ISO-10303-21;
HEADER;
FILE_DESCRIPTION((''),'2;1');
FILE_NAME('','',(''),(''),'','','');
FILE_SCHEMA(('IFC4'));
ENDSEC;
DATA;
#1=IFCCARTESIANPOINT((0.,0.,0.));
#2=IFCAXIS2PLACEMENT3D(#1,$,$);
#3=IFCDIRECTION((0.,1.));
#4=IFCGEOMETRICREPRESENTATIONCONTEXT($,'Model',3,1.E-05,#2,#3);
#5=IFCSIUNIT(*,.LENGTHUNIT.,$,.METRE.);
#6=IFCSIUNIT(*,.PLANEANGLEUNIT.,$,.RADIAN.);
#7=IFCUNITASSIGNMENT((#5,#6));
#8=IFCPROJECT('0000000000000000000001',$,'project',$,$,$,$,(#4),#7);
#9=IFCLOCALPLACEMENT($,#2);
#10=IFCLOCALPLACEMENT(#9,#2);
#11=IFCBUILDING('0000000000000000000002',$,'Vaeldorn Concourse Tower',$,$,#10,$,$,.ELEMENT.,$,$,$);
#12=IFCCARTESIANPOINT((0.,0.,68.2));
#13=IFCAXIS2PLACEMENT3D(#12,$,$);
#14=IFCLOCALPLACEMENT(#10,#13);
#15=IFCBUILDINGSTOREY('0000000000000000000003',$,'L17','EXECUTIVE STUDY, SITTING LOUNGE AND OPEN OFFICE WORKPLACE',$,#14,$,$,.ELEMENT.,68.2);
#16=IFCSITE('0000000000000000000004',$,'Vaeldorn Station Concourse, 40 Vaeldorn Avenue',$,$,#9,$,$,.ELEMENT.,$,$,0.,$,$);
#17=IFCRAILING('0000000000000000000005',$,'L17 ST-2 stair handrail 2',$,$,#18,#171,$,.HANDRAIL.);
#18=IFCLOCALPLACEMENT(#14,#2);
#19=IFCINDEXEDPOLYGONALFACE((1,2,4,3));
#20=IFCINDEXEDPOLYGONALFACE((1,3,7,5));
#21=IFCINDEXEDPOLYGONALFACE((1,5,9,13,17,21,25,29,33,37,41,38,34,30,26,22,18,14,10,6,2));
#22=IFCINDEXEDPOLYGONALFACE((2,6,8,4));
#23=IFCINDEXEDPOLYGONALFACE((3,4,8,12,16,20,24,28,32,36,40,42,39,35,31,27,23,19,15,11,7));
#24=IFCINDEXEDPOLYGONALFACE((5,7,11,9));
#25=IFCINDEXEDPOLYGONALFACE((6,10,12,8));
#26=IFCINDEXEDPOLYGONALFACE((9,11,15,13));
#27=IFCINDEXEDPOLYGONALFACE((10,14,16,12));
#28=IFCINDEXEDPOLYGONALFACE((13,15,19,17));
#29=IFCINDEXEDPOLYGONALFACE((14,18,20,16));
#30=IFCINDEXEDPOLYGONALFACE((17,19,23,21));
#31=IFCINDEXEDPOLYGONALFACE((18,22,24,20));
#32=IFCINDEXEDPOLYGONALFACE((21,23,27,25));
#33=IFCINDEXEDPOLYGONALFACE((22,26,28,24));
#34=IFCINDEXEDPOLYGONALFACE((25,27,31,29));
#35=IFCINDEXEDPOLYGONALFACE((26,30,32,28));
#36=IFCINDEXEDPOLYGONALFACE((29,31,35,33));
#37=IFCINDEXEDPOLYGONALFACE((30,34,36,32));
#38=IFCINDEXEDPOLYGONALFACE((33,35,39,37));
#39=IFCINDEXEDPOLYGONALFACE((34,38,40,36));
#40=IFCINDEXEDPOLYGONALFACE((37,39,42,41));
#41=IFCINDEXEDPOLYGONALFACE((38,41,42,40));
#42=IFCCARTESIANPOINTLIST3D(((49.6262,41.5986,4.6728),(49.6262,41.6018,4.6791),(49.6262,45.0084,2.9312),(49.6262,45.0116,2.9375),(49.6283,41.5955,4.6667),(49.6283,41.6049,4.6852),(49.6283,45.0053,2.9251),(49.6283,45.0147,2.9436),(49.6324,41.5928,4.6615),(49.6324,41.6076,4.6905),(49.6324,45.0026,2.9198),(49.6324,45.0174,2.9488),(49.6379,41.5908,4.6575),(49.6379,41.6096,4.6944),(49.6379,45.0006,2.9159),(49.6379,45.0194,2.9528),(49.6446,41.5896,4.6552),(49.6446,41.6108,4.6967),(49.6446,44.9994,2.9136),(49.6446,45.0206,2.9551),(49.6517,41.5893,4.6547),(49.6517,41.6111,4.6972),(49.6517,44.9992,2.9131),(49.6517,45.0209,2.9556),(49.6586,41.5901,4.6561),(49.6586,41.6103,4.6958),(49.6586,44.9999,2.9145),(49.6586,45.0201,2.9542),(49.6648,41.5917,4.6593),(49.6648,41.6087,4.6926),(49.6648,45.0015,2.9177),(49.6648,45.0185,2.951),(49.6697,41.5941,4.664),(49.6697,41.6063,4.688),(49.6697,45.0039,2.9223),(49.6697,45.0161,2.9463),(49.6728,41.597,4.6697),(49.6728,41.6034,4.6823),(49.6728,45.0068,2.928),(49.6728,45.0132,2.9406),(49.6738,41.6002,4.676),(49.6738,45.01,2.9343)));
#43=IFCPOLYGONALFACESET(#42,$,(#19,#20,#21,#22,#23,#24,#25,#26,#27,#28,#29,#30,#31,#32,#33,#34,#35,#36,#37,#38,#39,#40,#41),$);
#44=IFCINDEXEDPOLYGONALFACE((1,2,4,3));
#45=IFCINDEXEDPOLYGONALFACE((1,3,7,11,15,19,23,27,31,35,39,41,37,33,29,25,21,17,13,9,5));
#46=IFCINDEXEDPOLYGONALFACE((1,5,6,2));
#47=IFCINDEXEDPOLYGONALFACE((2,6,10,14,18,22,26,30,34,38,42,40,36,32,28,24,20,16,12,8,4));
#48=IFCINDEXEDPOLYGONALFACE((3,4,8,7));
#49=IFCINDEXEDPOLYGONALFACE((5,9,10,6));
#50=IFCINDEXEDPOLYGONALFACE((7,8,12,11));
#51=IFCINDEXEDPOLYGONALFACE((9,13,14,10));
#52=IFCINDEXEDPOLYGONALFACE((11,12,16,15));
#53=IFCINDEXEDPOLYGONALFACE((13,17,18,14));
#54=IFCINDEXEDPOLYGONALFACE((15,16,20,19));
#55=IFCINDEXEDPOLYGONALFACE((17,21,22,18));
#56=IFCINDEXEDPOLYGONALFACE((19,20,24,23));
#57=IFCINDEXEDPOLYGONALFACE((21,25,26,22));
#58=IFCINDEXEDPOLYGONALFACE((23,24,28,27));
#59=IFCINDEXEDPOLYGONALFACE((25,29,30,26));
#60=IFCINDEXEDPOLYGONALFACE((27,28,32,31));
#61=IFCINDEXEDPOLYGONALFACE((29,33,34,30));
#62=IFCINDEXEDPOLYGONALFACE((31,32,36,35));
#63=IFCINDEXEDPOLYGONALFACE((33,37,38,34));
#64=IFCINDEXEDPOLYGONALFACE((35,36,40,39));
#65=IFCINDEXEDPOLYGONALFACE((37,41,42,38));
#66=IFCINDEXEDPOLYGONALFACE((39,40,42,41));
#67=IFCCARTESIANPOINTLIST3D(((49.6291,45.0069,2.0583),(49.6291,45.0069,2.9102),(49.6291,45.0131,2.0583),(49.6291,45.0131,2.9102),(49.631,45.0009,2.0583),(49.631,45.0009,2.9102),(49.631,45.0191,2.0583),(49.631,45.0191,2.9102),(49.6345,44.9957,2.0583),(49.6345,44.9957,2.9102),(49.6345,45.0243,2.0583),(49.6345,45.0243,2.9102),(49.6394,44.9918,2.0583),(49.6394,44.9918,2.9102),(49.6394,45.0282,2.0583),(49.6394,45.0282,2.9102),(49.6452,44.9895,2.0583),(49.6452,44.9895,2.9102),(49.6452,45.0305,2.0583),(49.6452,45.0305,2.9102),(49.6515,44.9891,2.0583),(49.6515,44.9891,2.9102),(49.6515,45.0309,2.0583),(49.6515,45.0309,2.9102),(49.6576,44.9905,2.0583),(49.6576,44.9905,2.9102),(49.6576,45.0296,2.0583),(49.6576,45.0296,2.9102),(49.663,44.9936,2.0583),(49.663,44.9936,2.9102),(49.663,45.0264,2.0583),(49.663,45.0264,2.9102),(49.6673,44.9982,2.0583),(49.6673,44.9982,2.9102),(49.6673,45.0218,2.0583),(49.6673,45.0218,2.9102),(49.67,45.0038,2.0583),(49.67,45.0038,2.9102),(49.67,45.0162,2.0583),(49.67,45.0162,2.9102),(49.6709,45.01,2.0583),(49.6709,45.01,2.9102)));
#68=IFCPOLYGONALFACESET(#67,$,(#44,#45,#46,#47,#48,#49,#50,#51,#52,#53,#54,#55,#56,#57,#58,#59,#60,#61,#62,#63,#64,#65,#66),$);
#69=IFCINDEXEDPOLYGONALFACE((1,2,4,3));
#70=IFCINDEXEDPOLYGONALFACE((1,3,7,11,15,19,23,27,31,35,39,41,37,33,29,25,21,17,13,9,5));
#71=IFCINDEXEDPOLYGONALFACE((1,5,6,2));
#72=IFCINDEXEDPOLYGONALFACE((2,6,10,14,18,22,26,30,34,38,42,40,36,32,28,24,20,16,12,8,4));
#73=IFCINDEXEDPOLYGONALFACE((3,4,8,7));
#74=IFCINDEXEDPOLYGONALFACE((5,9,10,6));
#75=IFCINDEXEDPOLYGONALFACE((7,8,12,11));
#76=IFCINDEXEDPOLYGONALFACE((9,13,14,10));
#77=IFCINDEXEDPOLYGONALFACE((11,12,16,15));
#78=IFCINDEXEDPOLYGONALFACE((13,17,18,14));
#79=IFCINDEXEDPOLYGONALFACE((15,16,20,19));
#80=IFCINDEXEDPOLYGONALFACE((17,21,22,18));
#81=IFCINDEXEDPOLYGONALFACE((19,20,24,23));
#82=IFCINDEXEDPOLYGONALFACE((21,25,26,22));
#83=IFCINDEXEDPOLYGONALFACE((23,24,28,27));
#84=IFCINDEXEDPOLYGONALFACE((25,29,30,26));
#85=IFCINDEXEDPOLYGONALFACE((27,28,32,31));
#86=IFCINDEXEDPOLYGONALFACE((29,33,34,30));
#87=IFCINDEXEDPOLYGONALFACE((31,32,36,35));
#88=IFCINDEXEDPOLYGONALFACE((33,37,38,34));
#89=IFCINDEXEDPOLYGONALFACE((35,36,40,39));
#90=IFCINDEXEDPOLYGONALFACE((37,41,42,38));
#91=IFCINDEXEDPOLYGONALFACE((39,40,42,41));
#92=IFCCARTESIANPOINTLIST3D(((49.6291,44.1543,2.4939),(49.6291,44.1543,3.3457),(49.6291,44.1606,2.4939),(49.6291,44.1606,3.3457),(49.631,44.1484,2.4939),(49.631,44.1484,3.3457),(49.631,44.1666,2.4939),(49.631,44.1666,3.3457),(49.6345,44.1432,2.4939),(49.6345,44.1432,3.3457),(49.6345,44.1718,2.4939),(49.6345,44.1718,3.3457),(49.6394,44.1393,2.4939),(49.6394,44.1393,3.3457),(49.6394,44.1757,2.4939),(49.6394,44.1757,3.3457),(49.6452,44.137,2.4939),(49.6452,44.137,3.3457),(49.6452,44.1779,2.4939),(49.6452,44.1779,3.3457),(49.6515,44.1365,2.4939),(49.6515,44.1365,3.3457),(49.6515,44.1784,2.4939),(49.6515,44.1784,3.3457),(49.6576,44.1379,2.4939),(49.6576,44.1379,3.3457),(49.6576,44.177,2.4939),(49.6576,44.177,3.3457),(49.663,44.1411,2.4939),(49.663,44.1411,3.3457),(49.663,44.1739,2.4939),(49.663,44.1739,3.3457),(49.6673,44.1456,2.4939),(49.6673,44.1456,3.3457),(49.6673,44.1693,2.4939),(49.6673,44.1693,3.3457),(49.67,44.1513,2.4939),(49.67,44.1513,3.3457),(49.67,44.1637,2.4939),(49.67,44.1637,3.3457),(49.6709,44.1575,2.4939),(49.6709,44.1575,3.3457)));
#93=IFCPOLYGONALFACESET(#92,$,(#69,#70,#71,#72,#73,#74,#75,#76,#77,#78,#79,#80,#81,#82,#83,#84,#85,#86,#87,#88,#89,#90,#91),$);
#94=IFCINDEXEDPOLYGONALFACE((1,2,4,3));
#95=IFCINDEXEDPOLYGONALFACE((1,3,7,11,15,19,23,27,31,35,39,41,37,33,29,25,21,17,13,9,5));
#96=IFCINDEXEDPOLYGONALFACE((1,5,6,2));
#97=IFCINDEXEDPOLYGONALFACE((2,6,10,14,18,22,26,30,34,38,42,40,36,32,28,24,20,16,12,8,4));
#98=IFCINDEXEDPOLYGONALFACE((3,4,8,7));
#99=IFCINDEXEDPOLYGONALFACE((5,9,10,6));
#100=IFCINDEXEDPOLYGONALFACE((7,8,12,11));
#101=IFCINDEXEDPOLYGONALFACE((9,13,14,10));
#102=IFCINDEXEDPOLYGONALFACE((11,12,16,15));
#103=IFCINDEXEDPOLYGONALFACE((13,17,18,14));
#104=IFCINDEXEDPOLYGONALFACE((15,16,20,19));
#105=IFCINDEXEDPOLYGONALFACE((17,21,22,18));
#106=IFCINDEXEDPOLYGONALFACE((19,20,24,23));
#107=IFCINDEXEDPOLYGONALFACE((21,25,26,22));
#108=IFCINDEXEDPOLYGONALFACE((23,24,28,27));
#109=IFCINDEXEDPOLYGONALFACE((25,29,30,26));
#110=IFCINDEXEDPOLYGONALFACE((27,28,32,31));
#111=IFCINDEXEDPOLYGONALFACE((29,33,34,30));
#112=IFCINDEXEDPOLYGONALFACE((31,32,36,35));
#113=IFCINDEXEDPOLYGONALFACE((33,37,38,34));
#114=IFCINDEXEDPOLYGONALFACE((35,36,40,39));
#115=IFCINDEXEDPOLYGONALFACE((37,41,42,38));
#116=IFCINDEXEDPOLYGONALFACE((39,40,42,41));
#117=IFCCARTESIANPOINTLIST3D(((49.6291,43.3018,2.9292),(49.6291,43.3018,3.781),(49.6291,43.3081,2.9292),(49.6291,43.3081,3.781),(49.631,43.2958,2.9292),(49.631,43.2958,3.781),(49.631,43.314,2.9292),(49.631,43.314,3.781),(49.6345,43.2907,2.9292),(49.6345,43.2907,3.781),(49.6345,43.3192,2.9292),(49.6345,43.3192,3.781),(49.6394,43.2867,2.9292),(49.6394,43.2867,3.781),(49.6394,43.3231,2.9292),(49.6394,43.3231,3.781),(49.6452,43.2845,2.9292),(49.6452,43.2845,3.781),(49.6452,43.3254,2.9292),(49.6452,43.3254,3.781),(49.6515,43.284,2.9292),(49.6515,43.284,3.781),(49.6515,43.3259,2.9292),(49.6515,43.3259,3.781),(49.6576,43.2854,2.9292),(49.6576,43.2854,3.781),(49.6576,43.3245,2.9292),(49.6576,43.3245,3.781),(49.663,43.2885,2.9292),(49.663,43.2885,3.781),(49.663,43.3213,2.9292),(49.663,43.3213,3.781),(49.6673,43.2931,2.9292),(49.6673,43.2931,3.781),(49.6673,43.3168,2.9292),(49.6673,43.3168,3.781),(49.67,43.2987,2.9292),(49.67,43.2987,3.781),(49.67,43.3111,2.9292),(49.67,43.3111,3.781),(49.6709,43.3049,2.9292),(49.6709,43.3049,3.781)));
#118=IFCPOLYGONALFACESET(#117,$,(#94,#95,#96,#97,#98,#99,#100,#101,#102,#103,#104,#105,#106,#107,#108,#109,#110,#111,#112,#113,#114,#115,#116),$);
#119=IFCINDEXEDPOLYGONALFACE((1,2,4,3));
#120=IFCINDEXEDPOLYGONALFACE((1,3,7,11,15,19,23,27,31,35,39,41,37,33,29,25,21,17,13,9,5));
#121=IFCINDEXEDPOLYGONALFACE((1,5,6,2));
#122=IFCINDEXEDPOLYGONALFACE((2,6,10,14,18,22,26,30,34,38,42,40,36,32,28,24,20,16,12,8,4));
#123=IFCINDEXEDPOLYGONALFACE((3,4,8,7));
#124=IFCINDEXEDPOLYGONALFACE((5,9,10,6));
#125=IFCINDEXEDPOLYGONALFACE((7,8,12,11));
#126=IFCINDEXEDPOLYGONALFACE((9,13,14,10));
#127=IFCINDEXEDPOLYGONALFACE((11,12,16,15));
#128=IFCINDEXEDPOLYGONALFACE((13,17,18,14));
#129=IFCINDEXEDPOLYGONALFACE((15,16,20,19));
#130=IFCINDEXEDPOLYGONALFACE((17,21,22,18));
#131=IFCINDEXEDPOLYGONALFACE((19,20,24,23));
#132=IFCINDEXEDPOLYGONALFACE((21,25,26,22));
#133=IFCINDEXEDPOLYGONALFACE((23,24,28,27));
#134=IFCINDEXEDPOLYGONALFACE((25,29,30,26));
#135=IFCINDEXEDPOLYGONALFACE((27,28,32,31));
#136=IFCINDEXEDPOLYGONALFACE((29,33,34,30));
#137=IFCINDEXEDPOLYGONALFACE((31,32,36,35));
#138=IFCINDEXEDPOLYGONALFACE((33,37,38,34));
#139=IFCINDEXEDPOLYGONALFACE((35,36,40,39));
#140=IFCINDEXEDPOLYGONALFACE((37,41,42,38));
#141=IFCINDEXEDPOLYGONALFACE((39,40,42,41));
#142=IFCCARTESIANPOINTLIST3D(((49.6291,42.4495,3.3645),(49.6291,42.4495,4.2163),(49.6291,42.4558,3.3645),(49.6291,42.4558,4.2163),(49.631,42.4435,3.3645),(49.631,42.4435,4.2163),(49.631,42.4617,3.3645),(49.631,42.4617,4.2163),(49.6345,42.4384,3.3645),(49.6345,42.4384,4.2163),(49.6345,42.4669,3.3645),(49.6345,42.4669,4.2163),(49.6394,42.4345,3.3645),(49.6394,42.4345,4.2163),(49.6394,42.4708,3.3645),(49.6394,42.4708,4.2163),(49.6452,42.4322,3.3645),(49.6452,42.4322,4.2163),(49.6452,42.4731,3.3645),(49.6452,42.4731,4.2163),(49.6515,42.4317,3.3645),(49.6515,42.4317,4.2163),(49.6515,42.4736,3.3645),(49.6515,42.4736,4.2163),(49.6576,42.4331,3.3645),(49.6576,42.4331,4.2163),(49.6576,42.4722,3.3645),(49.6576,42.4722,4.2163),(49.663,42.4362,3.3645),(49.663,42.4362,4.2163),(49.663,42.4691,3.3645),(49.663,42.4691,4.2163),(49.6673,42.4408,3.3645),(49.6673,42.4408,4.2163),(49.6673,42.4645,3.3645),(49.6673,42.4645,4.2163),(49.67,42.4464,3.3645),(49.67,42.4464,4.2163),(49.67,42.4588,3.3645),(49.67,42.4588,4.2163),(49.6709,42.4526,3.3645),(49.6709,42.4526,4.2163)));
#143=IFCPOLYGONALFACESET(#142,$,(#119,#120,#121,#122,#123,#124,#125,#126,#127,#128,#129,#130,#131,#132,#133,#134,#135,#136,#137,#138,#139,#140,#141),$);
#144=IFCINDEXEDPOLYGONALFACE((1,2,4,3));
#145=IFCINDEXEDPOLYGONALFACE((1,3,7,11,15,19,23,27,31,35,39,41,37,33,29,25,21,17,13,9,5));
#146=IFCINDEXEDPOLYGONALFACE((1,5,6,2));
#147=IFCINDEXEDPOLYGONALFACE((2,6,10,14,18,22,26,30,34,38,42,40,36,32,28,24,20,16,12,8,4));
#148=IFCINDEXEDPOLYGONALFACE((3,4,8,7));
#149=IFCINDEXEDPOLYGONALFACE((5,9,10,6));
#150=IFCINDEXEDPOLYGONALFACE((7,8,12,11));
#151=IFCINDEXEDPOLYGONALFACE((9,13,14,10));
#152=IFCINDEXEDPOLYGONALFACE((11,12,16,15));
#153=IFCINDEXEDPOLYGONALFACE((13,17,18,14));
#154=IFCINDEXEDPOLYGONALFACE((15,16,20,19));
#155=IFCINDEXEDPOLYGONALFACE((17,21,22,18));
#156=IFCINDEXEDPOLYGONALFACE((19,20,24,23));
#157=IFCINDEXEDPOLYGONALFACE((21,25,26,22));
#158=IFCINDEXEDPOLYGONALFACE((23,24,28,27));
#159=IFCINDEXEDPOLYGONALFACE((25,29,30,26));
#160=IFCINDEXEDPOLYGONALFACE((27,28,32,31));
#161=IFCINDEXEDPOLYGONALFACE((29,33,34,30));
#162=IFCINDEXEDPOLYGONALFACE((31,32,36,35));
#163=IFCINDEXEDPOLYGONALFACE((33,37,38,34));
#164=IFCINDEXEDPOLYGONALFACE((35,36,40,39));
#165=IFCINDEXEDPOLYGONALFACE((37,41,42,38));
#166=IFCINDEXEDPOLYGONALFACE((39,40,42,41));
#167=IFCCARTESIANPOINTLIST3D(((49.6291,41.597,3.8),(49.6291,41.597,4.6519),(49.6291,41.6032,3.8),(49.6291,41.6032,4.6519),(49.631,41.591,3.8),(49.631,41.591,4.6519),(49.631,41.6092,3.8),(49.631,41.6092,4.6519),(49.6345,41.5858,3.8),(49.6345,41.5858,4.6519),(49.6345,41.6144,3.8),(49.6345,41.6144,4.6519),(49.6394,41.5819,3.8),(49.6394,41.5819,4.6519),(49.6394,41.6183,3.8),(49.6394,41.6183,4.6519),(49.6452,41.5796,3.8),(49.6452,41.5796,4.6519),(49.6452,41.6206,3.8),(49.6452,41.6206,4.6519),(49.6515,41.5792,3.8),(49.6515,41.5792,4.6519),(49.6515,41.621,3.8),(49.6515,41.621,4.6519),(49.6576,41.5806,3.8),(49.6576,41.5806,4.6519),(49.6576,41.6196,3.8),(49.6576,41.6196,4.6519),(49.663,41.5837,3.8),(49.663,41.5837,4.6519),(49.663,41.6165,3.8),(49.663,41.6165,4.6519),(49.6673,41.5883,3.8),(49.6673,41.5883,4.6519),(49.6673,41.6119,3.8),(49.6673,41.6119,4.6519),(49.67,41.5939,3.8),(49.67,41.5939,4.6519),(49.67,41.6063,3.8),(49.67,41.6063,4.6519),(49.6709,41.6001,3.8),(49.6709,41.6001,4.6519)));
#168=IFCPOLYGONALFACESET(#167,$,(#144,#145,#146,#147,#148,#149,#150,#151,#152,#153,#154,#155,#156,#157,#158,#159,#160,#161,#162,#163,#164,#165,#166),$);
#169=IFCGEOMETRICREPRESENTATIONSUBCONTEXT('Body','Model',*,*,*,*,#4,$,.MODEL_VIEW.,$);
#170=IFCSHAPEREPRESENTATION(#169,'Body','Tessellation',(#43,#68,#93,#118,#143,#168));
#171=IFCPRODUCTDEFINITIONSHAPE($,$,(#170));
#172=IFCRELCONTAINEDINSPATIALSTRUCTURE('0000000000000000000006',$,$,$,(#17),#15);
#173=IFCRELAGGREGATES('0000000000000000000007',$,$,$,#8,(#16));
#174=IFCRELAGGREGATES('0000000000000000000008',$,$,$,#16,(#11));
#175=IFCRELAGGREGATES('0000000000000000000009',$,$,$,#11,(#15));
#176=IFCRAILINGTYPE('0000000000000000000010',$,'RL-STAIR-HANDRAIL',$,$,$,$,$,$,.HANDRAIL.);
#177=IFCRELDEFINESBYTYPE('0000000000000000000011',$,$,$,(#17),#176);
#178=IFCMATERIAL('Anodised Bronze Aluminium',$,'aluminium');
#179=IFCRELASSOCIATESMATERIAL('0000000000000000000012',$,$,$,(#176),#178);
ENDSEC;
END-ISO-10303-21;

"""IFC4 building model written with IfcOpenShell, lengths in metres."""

from ifc_helpers import new_model, si_unit, direction, frame, origin, origin_2d, place, context, subcontext, project, spatial, circle, extrude, material, type_object, element, save


model = new_model("IFC4")

# Units and contexts
model_context = context("Model", 3, precision=1e-05, world=origin(), true_north=direction((0.0, 1.0)))
body_context = subcontext(model_context, "Body", "Model", "MODEL_VIEW")
ifc_project = project(units=[si_unit("LENGTHUNIT", "METRE"), si_unit("PLANEANGLEUNIT", "RADIAN")], contexts=[model_context])

# Site, building, storey
site_placement = place(None, origin())
site = spatial("IfcSite", under=ifc_project, at=site_placement, Name="Vaeldorn Station Concourse, 40 Vaeldorn Avenue", CompositionType="ELEMENT", RefElevation=0.0)
building_placement = place(site_placement, origin())
building = spatial("IfcBuilding", under=site, at=building_placement, Name="Vaeldorn Concourse Tower", CompositionType="ELEMENT")
storey_placement = place(building_placement, frame((0.0, 0.0, 68.2)))
storey = spatial("IfcBuildingStorey", under=building, at=storey_placement, Name="L17", Description="EXECUTIVE STUDY, SITTING LOUNGE AND OPEN OFFICE WORKPLACE", CompositionType="ELEMENT", Elevation=68.2)

# Shared definitions
ifc_material_1 = material(Name="Anodised Bronze Aluminium", Category="aluminium")

# Railing
railing_type_1 = type_object("IfcRailingType", Name="RL-STAIR-HANDRAIL", PredefinedType="HANDRAIL", material=ifc_material_1)
railing_1_placement = place(storey_placement, frame((49.6499, 45.01, 2.0583)))
element("IfcRailing", 1, at=railing_1_placement, inside=storey, type_object=railing_type_1, Name="L17 ST-2 stair handrail 2", PredefinedType="HANDRAIL", context=body_context, shape_type="SweptSolid", body=[
    extrude(circle(Radius=0.0239, at=origin_2d()), frame((0.0, 0.0, 0.876), z_axis=(0.0, -0.890556, 0.454874), x_axis=(1.0, 0.0, 0.0)), (0.0, 0.0, 1.0), 3.8289),
    extrude(circle(Radius=0.021, at=origin_2d()), origin(), (0.0, 0.0, 1.0), 0.8518),
    extrude(circle(Radius=0.021, at=origin_2d()), frame((0.0, -0.8525, 0.4355)), (0.0, 0.0, 1.0), 0.8518),
    extrude(circle(Radius=0.021, at=origin_2d()), frame((0.0, -1.7051, 0.8708)), (0.0, 0.0, 1.0), 0.8518),
    extrude(circle(Radius=0.021, at=origin_2d()), frame((0.0, -2.5574, 1.3062)), (0.0, 0.0, 1.0), 0.8518),
    extrude(circle(Radius=0.021, at=origin_2d()), frame((0.0, -3.4099, 1.7417)), (0.0, 0.0, 1.0), 0.8518),
])

save(model, "model.ifc")
